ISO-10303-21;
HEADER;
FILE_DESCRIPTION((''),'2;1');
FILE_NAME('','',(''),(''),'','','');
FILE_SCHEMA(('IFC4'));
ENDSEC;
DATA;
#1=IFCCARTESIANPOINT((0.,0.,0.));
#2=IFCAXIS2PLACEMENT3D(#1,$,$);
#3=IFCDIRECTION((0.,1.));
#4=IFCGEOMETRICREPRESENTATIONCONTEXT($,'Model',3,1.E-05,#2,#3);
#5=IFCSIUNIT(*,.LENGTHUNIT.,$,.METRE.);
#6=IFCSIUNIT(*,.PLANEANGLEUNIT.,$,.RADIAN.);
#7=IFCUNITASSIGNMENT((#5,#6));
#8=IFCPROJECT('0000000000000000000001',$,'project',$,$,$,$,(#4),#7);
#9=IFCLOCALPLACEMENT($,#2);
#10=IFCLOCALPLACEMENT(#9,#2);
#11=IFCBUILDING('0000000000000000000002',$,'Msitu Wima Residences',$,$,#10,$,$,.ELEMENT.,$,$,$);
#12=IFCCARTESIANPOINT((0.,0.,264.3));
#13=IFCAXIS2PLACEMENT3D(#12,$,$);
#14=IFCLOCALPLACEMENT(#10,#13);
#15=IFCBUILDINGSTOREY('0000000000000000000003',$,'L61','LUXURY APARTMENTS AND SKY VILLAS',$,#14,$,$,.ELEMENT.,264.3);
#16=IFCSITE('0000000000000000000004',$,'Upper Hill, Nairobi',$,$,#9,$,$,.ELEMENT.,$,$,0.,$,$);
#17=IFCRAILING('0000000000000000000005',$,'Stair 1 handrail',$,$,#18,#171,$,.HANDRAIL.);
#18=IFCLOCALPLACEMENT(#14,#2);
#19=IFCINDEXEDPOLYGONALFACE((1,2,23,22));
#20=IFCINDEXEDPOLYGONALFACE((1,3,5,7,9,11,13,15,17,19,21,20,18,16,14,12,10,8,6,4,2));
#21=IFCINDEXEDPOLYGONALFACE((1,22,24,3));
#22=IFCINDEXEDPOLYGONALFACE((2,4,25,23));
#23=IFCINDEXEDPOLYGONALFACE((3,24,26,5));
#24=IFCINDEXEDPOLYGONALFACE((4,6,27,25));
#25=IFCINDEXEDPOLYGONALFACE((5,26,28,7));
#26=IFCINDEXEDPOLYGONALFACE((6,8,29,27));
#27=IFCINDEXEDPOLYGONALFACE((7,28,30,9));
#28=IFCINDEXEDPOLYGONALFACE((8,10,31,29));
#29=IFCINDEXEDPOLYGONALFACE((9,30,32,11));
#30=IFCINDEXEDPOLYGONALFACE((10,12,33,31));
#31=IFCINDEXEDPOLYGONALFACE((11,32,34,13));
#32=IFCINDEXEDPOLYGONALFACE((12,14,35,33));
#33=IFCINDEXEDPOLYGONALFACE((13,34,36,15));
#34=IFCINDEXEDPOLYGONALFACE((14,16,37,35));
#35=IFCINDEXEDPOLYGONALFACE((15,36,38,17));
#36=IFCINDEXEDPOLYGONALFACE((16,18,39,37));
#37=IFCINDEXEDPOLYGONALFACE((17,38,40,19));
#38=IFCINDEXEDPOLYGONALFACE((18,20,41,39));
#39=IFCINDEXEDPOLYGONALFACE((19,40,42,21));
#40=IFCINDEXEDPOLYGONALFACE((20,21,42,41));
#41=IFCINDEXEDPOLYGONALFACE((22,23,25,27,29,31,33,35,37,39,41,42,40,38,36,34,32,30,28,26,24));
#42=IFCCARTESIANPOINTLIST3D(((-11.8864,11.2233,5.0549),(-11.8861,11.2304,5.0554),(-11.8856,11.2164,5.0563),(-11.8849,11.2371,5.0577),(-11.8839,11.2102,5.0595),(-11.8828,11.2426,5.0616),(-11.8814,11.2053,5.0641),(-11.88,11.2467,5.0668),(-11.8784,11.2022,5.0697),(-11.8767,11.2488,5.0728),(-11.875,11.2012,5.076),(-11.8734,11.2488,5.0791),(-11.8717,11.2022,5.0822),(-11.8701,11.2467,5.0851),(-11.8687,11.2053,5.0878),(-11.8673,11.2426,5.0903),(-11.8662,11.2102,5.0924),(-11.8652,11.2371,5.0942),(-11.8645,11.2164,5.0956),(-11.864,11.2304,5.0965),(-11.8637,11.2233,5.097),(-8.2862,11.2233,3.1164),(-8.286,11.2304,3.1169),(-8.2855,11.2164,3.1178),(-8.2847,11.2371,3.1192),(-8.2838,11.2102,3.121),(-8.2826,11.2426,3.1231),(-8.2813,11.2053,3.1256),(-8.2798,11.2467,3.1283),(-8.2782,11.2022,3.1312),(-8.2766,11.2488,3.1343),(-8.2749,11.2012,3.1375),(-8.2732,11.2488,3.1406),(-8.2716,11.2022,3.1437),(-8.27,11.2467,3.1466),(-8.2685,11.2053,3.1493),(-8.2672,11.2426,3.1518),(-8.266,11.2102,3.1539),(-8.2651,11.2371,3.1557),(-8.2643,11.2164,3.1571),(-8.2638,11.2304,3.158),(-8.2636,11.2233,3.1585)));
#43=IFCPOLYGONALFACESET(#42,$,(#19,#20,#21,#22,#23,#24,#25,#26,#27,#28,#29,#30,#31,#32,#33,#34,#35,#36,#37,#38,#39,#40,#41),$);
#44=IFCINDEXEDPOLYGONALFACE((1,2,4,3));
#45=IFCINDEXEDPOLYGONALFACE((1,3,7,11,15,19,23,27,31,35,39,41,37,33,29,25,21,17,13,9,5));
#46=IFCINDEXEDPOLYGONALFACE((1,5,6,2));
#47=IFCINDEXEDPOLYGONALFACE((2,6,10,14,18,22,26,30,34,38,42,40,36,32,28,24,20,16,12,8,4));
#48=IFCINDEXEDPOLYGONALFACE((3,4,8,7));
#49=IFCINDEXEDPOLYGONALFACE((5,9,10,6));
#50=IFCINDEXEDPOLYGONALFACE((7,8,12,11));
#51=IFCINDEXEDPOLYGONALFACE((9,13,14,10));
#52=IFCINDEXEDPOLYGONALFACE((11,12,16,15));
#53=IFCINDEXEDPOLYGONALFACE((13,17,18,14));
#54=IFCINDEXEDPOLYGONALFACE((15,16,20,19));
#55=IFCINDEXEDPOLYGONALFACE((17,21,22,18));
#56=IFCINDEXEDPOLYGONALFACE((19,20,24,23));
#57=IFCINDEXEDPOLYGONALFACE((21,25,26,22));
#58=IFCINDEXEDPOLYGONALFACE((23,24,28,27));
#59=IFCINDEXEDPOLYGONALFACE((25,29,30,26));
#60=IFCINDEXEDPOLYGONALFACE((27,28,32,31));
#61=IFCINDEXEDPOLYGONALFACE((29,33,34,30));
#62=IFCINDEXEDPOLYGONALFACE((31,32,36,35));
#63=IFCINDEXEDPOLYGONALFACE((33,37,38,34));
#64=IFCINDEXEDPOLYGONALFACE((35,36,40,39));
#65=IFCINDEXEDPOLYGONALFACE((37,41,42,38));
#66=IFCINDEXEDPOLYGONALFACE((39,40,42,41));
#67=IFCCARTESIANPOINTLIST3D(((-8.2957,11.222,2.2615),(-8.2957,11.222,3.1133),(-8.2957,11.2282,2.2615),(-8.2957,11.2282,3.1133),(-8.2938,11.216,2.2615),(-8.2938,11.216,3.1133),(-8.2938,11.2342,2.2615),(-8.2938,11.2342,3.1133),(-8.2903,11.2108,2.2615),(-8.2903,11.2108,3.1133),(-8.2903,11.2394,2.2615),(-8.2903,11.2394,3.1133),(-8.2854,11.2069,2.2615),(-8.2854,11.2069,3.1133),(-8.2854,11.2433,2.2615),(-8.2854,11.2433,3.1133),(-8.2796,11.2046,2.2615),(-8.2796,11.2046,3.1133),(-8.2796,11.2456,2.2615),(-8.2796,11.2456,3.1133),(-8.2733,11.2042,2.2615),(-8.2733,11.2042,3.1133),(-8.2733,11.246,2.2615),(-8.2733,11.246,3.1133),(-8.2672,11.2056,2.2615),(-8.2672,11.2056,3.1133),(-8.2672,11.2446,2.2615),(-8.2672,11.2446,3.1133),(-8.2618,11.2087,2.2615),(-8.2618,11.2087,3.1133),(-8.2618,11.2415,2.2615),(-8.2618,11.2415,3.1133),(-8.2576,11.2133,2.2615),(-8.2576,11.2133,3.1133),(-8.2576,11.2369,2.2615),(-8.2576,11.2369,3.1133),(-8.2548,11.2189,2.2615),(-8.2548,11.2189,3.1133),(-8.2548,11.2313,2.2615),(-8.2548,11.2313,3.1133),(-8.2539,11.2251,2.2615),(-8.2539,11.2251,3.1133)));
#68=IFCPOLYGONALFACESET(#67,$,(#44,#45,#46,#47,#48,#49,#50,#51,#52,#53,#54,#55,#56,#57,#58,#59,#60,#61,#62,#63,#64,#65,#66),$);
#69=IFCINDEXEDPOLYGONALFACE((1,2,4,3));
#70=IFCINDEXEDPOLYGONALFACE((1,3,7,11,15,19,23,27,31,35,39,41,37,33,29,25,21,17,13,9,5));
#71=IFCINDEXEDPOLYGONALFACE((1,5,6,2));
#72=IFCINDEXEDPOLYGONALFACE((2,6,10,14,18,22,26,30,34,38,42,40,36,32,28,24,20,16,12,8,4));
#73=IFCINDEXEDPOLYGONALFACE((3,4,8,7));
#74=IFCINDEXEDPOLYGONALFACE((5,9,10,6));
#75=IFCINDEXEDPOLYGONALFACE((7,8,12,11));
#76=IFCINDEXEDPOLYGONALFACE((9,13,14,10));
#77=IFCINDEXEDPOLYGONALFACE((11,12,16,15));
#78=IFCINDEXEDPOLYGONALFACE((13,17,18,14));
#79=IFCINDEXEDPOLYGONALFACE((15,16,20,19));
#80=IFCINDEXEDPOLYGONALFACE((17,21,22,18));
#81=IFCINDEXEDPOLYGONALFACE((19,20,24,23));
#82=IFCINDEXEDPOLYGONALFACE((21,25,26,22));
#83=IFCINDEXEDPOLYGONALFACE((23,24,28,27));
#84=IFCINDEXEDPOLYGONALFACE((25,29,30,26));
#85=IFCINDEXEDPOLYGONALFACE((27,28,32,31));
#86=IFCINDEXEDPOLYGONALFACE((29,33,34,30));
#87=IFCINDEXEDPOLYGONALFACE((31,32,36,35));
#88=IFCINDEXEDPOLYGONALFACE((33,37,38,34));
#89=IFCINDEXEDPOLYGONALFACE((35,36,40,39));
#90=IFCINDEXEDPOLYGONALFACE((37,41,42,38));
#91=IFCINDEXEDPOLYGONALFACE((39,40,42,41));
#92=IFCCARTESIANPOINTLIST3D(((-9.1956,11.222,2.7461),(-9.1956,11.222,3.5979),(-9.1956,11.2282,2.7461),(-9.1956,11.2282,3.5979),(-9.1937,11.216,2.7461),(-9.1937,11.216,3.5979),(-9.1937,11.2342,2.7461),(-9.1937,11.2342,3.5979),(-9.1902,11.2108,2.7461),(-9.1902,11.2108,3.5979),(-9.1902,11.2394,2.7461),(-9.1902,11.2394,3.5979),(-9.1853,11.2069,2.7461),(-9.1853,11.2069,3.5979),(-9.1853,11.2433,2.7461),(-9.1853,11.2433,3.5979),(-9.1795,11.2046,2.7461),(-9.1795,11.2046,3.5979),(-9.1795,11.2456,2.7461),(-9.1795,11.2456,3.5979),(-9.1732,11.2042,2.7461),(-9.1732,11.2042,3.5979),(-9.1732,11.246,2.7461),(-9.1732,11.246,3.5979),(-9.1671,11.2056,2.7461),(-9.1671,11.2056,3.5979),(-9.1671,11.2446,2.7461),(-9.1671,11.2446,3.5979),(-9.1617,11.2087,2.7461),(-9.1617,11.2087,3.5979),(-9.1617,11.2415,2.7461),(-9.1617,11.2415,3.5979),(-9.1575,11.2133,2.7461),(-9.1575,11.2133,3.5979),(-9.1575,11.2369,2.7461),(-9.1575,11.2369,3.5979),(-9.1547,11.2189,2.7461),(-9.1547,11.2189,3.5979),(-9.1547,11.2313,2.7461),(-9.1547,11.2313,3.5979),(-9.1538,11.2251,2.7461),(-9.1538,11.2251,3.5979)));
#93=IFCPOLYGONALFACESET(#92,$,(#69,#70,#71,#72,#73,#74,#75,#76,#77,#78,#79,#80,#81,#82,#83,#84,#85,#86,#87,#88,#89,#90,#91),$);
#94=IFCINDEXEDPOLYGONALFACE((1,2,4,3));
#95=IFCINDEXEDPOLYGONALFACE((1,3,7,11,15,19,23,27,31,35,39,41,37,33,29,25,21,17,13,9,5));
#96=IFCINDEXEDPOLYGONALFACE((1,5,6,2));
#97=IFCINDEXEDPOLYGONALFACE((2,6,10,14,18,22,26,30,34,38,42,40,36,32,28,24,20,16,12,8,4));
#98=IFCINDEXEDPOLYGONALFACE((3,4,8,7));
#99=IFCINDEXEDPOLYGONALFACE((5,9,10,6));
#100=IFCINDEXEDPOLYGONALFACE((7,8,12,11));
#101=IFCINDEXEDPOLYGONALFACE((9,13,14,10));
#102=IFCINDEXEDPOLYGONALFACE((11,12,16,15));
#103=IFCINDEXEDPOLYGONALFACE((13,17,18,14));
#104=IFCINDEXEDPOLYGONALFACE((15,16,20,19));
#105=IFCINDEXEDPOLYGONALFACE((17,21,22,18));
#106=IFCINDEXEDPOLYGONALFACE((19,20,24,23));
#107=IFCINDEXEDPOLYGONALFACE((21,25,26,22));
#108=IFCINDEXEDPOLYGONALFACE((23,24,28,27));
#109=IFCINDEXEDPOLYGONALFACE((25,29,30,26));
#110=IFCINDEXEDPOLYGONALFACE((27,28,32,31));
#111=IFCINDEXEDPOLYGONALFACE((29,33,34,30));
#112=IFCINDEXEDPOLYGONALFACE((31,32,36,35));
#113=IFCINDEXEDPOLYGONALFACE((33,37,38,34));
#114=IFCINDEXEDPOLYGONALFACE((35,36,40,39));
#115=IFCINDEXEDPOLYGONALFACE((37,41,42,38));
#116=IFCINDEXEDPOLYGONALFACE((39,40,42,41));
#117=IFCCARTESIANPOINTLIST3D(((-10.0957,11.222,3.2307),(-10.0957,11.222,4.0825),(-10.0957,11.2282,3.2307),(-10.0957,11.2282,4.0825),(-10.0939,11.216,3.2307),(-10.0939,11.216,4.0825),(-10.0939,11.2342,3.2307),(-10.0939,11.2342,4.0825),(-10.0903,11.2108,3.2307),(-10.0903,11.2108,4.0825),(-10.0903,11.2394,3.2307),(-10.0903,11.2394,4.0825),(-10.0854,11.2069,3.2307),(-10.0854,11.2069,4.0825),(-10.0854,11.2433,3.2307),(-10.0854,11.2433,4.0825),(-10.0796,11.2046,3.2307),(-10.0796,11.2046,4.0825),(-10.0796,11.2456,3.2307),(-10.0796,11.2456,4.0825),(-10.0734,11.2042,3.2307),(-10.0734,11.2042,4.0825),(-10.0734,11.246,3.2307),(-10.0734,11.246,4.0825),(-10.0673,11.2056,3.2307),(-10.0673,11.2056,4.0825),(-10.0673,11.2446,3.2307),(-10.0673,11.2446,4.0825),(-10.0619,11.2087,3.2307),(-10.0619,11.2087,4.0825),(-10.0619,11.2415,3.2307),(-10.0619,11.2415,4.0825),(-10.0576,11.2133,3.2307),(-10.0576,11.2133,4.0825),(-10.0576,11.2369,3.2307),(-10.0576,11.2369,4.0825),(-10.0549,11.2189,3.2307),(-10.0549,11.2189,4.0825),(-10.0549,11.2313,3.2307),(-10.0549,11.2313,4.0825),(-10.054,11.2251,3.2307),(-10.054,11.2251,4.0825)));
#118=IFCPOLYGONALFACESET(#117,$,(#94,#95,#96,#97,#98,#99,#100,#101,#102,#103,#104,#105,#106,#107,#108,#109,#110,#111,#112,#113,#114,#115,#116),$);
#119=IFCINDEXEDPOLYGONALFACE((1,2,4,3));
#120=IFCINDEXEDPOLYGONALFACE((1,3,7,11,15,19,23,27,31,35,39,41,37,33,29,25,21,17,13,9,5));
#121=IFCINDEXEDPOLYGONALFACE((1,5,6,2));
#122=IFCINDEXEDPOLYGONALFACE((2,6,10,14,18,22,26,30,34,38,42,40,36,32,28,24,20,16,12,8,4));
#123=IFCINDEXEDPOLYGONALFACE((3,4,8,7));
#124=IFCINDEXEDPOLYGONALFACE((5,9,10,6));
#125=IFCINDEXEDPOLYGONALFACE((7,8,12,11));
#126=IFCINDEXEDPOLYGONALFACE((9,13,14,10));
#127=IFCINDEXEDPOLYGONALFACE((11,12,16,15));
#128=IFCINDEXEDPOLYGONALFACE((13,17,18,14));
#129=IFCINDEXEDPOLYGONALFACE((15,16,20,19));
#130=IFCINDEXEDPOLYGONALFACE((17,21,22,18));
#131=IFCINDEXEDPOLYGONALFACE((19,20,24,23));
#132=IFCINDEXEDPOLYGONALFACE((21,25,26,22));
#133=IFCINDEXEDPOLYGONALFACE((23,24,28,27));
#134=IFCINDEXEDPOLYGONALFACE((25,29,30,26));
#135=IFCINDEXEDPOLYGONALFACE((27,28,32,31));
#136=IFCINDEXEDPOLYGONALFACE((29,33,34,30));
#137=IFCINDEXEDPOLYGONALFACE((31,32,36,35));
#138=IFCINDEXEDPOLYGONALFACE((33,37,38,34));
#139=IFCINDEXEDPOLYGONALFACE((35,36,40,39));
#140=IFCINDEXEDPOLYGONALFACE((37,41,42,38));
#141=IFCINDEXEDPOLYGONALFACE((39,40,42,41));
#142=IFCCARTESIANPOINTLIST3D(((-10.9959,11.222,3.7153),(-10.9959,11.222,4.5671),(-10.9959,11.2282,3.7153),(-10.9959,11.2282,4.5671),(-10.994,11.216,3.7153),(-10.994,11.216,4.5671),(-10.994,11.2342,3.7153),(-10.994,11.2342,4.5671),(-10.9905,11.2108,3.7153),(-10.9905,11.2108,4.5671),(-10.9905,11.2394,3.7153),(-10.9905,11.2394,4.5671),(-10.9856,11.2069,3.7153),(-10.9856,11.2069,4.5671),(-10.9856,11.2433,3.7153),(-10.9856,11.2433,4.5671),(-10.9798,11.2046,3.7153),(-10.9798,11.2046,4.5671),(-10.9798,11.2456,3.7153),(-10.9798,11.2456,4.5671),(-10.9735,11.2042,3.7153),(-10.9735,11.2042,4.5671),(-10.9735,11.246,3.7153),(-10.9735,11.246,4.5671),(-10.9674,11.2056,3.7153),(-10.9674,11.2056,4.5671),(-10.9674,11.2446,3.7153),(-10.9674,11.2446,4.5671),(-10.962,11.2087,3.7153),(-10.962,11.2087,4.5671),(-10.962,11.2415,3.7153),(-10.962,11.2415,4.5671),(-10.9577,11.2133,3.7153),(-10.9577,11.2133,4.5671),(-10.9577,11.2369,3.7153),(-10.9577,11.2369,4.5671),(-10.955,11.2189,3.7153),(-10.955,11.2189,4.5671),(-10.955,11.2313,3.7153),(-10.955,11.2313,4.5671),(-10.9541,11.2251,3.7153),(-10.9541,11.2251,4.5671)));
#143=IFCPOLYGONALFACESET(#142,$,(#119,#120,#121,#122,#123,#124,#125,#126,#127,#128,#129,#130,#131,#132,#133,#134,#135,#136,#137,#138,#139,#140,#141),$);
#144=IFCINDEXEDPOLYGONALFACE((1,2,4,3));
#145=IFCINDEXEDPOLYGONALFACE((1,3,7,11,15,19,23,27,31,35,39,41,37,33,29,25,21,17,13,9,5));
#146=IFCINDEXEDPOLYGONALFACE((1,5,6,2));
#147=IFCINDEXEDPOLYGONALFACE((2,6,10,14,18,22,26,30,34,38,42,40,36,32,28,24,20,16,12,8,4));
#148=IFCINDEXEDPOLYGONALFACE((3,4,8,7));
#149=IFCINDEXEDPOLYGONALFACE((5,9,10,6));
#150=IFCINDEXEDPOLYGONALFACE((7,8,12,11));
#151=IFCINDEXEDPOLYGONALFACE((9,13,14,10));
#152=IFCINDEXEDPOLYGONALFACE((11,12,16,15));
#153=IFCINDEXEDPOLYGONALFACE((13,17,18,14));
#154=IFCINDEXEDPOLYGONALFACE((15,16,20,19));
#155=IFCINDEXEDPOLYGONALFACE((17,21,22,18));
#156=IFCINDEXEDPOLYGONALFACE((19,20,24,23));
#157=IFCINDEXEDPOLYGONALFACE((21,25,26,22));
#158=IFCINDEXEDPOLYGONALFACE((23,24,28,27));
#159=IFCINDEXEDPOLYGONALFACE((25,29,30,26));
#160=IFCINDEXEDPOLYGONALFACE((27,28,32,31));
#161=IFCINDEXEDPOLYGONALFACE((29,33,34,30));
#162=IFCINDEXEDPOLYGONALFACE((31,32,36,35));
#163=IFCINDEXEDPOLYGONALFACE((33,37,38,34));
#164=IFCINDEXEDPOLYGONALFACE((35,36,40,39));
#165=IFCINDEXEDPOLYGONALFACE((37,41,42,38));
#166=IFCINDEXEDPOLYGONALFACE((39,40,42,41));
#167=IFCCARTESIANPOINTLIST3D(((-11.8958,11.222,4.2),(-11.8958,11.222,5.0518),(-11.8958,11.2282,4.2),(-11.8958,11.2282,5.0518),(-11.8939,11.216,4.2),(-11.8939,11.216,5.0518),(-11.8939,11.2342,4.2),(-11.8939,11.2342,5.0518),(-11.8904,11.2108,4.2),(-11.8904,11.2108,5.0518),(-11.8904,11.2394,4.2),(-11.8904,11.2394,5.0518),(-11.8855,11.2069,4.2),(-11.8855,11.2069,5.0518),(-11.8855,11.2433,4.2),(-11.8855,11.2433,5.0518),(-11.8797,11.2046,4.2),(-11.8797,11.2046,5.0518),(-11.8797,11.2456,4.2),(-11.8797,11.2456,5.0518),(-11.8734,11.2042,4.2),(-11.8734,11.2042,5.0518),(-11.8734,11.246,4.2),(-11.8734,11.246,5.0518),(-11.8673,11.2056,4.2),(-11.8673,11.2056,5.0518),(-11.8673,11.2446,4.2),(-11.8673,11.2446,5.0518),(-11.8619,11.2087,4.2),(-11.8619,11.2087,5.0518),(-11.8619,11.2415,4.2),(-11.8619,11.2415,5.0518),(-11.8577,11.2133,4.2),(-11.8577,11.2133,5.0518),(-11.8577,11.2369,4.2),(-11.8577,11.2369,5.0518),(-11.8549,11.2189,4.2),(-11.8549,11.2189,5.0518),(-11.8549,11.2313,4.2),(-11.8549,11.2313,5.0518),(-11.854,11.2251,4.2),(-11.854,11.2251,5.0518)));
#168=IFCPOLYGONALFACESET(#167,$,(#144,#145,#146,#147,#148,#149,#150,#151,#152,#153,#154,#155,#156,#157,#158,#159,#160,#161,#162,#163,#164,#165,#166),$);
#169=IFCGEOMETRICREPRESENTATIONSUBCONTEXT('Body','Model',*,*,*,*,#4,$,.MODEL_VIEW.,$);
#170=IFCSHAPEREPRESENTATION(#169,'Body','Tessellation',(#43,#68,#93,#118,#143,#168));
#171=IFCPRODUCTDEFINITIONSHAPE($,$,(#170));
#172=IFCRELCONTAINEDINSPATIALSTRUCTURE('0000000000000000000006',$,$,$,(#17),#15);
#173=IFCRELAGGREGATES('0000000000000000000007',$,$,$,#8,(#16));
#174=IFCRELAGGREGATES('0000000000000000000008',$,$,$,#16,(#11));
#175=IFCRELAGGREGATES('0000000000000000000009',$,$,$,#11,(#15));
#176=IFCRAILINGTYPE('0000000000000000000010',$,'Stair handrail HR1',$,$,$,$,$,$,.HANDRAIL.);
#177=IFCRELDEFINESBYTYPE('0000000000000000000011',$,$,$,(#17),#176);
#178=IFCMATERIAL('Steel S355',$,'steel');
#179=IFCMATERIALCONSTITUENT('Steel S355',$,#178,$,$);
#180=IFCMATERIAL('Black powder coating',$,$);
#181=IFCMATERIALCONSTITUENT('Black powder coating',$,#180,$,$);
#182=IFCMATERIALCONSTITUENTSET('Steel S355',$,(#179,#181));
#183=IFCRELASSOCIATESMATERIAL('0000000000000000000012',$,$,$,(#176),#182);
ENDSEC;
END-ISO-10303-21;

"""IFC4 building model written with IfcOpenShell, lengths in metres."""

from ifc_helpers import new_model, si_unit, direction, frame, origin, origin_2d, place, context, subcontext, project, spatial, circle, extrude, material, constituent, constituent_set, type_object, element, save


model = new_model("IFC4")

# Units and contexts
model_context = context("Model", 3, precision=1e-05, world=origin(), true_north=direction((0.0, 1.0)))
body_context = subcontext(model_context, "Body", "Model", "MODEL_VIEW")
ifc_project = project(units=[si_unit("LENGTHUNIT", "METRE"), si_unit("PLANEANGLEUNIT", "RADIAN")], contexts=[model_context])

# Site, building, storey
site_placement = place(None, origin())
site = spatial("IfcSite", under=ifc_project, at=site_placement, Name="Upper Hill, Nairobi", CompositionType="ELEMENT", RefElevation=0.0)
building_placement = place(site_placement, origin())
building = spatial("IfcBuilding", under=site, at=building_placement, Name="Msitu Wima Residences", CompositionType="ELEMENT")
storey_placement = place(building_placement, frame((0.0, 0.0, 264.3)))
storey = spatial("IfcBuildingStorey", under=building, at=storey_placement, Name="L61", Description="LUXURY APARTMENTS AND SKY VILLAS", CompositionType="ELEMENT", Elevation=264.3)

# Railing
ifc_material_1 = material(Name="Steel S355", Category="steel")
ifc_constituent_1 = constituent(ifc_material_1, Name="Steel S355")
ifc_material_2 = material(Name="Black powder coating")
ifc_constituent_2 = constituent(ifc_material_2, Name="Black powder coating")
ifc_constituent_set = constituent_set(constituents=[ifc_constituent_1, ifc_constituent_2], Name="Steel S355")
railing_type = type_object("IfcRailingType", Name="Stair handrail HR1", PredefinedType="HANDRAIL", material=ifc_constituent_set)
for number, where, name in (
    (1, (-8.2749, 11.2251, 2.2615), "Stair 1 handrail"),
):
    element("IfcRailing", number, at=place(storey_placement, frame(where)), inside=storey, type_object=railing_type, Name=name, PredefinedType="HANDRAIL", context=body_context, shape_type="SweptSolid", body=[
        extrude(circle(Radius=0.0239, at=origin_2d()), frame((0.0, 0.0, 0.876), z_axis=(-0.880475, 0.0, 0.474093), x_axis=(0.0, -1.0, 0.0)), (0.0, 0.0, 1.0), 4.0889),
        extrude(circle(Radius=0.021, at=origin_2d()), origin(), (0.0, 0.0, 1.0), 0.8518),
        extrude(circle(Radius=0.021, at=origin_2d()), frame((-0.8999, 0.0, 0.4846)), (0.0, 0.0, 1.0), 0.8518),
        extrude(circle(Radius=0.021, at=origin_2d()), frame((-1.8, 0.0, 0.9692)), (0.0, 0.0, 1.0), 0.8518),
        extrude(circle(Radius=0.021, at=origin_2d()), frame((-2.7002, 0.0, 1.4539)), (0.0, 0.0, 1.0), 0.8518),
        extrude(circle(Radius=0.021, at=origin_2d()), frame((-3.6001, 0.0, 1.9385)), (0.0, 0.0, 1.0), 0.8518),
    ])

save(model, "model.ifc")
